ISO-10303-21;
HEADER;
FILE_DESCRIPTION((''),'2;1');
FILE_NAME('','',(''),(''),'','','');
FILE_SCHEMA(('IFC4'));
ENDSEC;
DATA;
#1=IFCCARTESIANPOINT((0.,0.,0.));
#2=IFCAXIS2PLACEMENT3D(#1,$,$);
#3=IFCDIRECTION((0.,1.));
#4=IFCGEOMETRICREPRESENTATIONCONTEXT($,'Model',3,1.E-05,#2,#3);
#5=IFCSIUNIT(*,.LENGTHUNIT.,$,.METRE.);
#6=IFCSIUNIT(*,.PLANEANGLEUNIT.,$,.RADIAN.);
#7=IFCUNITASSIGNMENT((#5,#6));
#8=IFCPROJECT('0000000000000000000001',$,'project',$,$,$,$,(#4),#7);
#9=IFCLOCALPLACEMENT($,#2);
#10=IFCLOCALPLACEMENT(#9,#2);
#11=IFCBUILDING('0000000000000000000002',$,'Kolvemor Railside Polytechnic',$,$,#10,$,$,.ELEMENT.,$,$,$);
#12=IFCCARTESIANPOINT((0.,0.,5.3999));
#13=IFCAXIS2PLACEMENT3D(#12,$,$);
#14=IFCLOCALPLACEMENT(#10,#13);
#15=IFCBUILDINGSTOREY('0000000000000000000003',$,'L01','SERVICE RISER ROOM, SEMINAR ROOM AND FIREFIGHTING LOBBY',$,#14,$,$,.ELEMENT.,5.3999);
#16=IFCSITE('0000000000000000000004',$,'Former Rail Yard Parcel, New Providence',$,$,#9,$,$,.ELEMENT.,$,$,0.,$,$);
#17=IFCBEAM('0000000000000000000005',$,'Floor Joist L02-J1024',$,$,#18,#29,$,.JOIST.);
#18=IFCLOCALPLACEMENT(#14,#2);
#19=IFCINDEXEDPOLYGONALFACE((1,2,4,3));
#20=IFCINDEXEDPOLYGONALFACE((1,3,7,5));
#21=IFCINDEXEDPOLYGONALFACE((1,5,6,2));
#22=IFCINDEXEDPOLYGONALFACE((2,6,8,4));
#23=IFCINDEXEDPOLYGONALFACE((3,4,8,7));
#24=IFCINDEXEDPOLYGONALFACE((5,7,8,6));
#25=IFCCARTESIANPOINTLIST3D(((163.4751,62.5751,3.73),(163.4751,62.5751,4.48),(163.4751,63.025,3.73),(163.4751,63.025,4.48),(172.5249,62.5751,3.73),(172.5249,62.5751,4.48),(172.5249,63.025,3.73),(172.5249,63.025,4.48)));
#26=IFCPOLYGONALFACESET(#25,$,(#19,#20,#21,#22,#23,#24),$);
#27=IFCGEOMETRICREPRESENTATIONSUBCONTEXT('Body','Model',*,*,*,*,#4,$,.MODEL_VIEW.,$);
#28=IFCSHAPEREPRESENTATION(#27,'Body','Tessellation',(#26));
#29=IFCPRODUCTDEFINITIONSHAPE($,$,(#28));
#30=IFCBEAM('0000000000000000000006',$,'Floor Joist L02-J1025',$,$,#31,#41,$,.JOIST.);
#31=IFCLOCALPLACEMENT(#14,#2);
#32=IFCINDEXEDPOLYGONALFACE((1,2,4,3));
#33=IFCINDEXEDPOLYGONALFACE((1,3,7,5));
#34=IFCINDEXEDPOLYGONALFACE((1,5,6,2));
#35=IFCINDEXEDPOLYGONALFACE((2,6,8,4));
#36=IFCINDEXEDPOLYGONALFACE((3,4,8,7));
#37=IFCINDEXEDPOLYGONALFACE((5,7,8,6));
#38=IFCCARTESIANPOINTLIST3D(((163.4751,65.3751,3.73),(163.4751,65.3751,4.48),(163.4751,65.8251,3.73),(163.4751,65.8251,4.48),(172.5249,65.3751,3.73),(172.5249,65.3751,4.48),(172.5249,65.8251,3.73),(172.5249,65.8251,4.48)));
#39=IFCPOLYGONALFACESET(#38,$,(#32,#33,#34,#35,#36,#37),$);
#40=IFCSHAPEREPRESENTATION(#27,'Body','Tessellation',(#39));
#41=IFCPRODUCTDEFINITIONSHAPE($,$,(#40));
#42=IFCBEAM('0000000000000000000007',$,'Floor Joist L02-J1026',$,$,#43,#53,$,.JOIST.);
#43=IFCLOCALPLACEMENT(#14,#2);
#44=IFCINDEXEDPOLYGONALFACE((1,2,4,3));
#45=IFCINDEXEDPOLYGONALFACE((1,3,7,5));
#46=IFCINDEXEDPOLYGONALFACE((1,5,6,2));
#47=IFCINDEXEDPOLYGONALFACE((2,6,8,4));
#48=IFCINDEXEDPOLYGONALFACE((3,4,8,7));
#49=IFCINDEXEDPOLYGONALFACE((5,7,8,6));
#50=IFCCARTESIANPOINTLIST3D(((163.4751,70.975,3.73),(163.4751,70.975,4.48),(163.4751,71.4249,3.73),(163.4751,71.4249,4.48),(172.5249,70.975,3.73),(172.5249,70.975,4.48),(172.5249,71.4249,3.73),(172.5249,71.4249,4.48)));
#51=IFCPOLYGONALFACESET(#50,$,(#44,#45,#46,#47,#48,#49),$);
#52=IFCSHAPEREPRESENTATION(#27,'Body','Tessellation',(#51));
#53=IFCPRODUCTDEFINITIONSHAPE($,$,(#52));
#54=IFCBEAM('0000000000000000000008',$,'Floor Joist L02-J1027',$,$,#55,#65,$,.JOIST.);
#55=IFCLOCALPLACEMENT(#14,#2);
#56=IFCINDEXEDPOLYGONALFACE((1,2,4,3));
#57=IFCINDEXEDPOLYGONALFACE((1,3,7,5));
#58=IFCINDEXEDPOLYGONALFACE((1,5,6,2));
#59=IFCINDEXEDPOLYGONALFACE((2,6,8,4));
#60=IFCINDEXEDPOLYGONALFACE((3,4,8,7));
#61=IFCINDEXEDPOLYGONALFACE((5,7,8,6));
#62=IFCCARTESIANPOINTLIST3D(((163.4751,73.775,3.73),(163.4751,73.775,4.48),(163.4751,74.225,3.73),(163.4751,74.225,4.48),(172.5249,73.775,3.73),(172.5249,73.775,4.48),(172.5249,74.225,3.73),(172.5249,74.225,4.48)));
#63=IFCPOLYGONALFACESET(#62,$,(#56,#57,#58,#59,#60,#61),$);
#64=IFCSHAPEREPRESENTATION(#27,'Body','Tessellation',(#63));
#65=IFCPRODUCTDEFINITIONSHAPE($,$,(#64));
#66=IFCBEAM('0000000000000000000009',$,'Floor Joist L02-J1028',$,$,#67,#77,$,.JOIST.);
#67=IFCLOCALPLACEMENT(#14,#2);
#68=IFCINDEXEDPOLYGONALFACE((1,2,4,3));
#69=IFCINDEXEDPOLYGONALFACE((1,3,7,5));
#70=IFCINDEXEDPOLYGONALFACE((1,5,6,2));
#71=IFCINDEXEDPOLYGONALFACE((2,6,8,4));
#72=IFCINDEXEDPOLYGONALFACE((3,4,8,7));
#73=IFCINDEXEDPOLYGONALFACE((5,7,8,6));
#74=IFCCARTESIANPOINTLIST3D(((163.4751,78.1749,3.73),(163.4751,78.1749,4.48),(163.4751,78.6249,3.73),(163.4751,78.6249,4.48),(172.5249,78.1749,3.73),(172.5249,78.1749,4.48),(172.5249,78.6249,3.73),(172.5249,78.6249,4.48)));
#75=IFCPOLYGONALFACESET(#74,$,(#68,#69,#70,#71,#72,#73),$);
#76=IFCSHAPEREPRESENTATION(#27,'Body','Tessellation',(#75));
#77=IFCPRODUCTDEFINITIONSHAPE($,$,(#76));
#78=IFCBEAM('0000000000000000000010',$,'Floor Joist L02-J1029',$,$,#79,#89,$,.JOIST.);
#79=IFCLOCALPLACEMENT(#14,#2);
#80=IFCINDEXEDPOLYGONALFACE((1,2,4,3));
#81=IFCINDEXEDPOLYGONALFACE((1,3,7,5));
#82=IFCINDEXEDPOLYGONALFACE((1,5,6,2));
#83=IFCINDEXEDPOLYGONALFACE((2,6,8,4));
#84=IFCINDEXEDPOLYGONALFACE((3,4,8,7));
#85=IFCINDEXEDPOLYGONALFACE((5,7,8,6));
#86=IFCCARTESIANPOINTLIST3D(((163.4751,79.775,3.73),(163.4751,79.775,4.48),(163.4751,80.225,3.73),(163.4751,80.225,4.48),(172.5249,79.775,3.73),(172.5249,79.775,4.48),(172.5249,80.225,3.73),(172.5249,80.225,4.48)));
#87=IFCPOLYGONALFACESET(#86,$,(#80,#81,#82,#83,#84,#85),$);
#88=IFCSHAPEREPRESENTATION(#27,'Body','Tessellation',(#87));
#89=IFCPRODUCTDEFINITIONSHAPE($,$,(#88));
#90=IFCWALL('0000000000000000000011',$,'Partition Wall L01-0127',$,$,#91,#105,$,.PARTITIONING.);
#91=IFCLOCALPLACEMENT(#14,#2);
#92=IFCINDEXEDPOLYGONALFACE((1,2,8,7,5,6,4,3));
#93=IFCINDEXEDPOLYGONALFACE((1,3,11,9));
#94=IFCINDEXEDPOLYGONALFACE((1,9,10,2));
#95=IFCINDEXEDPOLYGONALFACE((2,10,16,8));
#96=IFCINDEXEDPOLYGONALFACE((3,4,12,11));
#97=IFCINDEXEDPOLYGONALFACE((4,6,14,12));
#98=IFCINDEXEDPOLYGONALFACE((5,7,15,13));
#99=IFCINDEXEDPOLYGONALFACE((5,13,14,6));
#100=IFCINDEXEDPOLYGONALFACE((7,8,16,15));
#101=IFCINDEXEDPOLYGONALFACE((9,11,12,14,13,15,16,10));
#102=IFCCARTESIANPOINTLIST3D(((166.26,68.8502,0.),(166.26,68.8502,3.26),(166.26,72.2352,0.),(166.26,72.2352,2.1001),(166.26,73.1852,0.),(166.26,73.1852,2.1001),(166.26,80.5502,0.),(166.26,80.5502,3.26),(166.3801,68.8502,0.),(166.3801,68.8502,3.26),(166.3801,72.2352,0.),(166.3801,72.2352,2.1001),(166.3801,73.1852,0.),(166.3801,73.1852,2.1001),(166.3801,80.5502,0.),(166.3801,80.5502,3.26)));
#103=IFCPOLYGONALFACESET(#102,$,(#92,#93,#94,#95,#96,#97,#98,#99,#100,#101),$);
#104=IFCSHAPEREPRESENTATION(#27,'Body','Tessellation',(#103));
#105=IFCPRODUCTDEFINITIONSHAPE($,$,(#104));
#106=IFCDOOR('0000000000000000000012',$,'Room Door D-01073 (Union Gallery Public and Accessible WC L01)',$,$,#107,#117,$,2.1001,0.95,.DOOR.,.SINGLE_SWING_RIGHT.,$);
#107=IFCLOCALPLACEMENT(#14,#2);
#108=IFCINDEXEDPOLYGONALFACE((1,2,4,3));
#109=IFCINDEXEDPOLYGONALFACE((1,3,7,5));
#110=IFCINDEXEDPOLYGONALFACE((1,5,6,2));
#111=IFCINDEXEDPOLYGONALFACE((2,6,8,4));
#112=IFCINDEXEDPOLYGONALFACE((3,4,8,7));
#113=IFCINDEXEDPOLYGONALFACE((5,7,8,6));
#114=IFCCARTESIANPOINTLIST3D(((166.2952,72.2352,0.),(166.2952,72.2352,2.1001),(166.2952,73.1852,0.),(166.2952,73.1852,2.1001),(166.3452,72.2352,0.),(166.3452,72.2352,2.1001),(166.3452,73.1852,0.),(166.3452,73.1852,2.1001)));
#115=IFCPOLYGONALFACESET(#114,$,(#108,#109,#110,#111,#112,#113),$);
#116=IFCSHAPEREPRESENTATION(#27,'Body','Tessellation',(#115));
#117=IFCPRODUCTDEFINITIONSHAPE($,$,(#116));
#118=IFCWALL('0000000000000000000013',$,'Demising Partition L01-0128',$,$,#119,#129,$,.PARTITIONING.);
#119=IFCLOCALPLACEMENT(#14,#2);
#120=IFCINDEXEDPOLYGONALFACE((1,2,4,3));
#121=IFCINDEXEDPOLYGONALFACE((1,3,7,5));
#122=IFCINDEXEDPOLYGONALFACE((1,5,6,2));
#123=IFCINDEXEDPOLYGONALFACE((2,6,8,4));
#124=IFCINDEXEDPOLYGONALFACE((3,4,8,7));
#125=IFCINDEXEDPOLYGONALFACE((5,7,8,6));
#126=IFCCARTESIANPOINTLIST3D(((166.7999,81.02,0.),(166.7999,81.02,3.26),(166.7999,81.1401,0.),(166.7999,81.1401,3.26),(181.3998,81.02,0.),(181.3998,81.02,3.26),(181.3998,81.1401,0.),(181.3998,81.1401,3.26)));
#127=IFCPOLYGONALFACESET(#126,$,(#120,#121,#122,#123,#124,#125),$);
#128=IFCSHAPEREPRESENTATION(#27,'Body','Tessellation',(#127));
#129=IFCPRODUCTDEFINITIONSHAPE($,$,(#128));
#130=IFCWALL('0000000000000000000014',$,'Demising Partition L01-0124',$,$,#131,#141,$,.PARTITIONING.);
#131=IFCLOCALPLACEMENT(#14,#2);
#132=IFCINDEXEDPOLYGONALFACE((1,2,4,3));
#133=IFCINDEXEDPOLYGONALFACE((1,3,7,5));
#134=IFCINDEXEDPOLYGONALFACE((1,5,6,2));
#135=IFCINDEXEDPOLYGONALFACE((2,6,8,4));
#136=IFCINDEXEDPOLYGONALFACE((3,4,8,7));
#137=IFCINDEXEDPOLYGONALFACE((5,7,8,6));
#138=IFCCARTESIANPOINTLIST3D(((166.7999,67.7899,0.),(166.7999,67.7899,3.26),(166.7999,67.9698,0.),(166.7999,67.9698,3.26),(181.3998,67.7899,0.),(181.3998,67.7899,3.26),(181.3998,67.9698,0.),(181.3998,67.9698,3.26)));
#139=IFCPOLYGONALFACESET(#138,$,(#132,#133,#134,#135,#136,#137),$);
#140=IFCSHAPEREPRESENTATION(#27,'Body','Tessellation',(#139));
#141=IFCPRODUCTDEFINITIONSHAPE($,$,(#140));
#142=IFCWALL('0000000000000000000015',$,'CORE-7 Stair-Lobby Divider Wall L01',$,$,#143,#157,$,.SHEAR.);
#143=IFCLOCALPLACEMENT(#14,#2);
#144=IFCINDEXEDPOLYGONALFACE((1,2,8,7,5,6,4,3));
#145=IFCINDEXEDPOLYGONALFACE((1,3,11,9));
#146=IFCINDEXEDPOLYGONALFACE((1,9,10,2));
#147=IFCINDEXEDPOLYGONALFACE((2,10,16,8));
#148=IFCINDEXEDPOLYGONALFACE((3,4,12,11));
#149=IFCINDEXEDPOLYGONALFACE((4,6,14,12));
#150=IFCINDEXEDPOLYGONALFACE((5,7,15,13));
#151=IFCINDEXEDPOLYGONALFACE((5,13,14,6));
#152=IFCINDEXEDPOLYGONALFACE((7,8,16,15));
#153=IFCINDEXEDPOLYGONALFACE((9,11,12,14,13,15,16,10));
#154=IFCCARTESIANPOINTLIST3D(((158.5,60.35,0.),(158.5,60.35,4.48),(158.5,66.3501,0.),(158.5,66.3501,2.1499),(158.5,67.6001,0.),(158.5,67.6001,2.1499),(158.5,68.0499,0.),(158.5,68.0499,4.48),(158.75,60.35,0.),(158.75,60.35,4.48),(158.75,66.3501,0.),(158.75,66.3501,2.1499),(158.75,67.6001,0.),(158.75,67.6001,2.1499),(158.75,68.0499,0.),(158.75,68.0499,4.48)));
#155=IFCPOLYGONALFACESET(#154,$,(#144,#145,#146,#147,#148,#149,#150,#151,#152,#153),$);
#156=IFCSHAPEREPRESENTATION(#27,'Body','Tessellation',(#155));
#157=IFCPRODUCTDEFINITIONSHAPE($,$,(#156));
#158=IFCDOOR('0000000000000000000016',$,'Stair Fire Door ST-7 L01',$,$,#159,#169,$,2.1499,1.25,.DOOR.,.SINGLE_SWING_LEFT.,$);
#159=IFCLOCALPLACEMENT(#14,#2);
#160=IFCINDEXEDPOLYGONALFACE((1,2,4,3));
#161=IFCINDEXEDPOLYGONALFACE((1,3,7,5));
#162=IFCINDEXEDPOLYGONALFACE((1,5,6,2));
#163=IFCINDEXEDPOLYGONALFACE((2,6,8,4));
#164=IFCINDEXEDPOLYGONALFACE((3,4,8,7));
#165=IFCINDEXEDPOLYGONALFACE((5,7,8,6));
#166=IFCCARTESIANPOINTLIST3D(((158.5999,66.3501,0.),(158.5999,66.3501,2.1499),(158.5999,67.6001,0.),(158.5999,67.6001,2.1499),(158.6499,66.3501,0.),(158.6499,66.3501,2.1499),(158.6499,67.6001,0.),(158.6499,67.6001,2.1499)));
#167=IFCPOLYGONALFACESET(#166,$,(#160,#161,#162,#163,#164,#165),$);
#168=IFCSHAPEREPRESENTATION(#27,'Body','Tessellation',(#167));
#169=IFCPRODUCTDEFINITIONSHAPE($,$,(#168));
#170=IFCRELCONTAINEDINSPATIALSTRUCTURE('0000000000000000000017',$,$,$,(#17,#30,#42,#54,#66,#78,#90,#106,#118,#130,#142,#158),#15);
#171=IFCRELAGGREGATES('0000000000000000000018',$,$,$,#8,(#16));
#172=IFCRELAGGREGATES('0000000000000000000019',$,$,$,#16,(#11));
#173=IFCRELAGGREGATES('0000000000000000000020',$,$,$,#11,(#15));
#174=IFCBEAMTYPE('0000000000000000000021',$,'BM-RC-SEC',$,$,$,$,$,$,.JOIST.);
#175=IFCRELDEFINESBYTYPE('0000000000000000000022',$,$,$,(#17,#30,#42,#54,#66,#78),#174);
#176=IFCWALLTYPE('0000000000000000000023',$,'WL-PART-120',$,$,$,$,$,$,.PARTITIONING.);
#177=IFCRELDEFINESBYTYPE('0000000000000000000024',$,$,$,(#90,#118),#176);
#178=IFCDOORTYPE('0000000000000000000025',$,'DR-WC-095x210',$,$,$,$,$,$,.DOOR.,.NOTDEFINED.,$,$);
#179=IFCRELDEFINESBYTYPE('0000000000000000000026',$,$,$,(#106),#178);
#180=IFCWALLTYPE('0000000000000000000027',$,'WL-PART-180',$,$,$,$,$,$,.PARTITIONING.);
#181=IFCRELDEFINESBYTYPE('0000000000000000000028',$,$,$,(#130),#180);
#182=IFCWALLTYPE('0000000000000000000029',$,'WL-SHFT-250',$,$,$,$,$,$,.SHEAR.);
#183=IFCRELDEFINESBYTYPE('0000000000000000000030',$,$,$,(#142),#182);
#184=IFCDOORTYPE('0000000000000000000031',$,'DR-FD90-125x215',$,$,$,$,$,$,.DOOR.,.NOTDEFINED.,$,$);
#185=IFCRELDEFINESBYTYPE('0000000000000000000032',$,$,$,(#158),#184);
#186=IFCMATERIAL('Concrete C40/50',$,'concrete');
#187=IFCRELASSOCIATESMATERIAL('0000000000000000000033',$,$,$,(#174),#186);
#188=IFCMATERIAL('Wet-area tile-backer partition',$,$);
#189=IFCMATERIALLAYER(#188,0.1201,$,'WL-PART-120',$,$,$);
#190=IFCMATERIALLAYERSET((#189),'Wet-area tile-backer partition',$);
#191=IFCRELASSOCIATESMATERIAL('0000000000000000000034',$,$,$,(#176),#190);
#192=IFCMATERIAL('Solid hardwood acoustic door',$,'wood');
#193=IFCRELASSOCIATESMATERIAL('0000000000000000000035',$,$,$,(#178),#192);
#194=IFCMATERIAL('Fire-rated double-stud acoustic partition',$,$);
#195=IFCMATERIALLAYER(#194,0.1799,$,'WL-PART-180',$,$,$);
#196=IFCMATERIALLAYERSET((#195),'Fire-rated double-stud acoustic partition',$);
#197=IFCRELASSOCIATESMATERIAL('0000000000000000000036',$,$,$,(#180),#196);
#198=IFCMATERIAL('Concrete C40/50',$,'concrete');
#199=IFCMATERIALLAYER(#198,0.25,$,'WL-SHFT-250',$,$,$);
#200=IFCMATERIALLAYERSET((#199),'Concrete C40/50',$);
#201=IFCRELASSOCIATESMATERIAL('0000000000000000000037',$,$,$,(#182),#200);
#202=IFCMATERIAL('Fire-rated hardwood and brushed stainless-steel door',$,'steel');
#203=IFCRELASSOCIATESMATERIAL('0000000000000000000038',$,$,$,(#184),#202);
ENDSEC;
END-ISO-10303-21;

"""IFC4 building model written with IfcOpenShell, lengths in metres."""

from ifc_helpers import new_model, si_unit, direction, frame, frame_2d, origin, origin_2d, place, context, subcontext, project, spatial, rectangle, extrude, material, layer, layer_set, material_profile, profile_set, type_object, element, fill, save


model = new_model("IFC4")

# Units and contexts
model_context = context("Model", 3, precision=1e-05, world=origin(), true_north=direction((0.0, 1.0)))
body_context = subcontext(model_context, "Body", "Model", "MODEL_VIEW")
ifc_project = project(units=[si_unit("LENGTHUNIT", "METRE"), si_unit("PLANEANGLEUNIT", "RADIAN")], contexts=[model_context])

# Site, building, storey
site_placement = place(None, origin())
site = spatial("IfcSite", under=ifc_project, at=site_placement, Name="Former Rail Yard Parcel, New Providence", CompositionType="ELEMENT", RefElevation=0.0)
building_placement = place(site_placement, origin())
building = spatial("IfcBuilding", under=site, at=building_placement, Name="Kolvemor Railside Polytechnic", CompositionType="ELEMENT")
storey_placement = place(building_placement, frame((0.0, 0.0, 5.3999)))
storey = spatial("IfcBuildingStorey", under=building, at=storey_placement, Name="L01", Description="SERVICE RISER ROOM, SEMINAR ROOM AND FIREFIGHTING LOBBY", CompositionType="ELEMENT", Elevation=5.3999)

# Beams
ifc_material_1 = material(Name="Concrete C40/50", Category="concrete")
ifc_material_profile_1 = material_profile(ifc_material_1, rectangle(XDim=0.45, YDim=0.75, at=origin_2d()), Name="RC450x750")
ifc_profile_set_1 = profile_set([ifc_material_profile_1], Name="Concrete C40/50")
beam_type_1 = type_object("IfcBeamType", Name="BM-RC-SEC", PredefinedType="JOIST", material=ifc_profile_set_1)
for number, where, z_axis, x_axis, name in (
    (1, (163.4751, 62.8, 4.105), (1.0, 0.0, 0.0), (0.0, 1.0, 0.0), "Floor Joist L02-J1024"),
    (2, (163.4751, 65.6001, 4.105), (1.0, 0.0, 0.0), (0.0, 1.0, 0.0), "Floor Joist L02-J1025"),
    (3, (163.4751, 71.2, 4.105), (1.0, 0.0, 0.0), (0.0, 1.0, 0.0), "Floor Joist L02-J1026"),
    (4, (163.4751, 74.0, 4.105), (1.0, 0.0, 0.0), (0.0, 1.0, 0.0), "Floor Joist L02-J1027"),
    (5, (163.4751, 78.3999, 4.105), (1.0, 0.0, 0.0), (0.0, 1.0, 0.0), "Floor Joist L02-J1028"),
    (6, (163.4751, 80.0, 4.105), (1.0, 0.0, 0.0), (0.0, 1.0, 0.0), "Floor Joist L02-J1029"),
):
    element("IfcBeam", number, at=place(storey_placement, frame(where, z_axis=z_axis, x_axis=x_axis)), inside=storey, type_object=beam_type_1, Name=name, PredefinedType="JOIST", context=body_context, shape_type="SweptSolid", body=[
        extrude(rectangle(XDim=0.45, YDim=0.75, at=origin_2d()), origin(), (0.0, 0.0, 1.0), 9.0498),
    ])

# Wall, opening, door
ifc_material_2 = material(Name="Wet-area tile-backer partition")
ifc_layer_1 = layer(ifc_material_2, 0.1201, Name="WL-PART-120")
ifc_layer_set_1 = layer_set([ifc_layer_1], Name="Wet-area tile-backer partition")
wall_type_1 = type_object("IfcWallType", Name="WL-PART-120", PredefinedType="PARTITIONING", material=ifc_layer_set_1)
wall_1_placement = place(storey_placement, frame((166.3201, 68.8501, 0.0), z_axis=(0.0, 0.0, 1.0), x_axis=(0.0, 1.0, 0.0)))
wall_1 = element("IfcWall", 7, at=wall_1_placement, inside=storey, type_object=wall_type_1, Name="Partition Wall L01-0127", PredefinedType="PARTITIONING", context=body_context, shape_type="SweptSolid", body=[
    extrude(rectangle(XDim=11.7, YDim=0.1201, at=frame_2d((5.8501, 0.0))), origin(), (0.0, 0.0, 1.0), 3.26),
])
opening_1_placement = place(wall_1_placement, frame((3.385, 0.0, 0.0)))
opening_1 = element("IfcOpeningElement", 8, at=opening_1_placement, cuts=wall_1, PredefinedType="OPENING", context=body_context, shape_type="SweptSolid", body=[
    extrude(rectangle(XDim=0.95, YDim=2.1001, at=frame_2d((0.4751, 1.05))), frame((0.0, 0.0701, 0.0), z_axis=(0.0, -1.0, 0.0), x_axis=(1.0, 0.0, 0.0)), (0.0, 0.0, 1.0), 0.1401),
])
ifc_material_3 = material(Name="Solid hardwood acoustic door", Category="wood")
door_type_1 = type_object("IfcDoorType", Name="DR-WC-095x210", OperationType="NOTDEFINED", PredefinedType="DOOR", material=ifc_material_3)
door_1_placement = place(opening_1_placement, origin())
door_1 = element("IfcDoor", 9, at=door_1_placement, inside=storey, type_object=door_type_1, Name="Room Door D-01073 (Union Gallery Public and Accessible WC L01)", OperationType="SINGLE_SWING_RIGHT", OverallHeight=2.1001, OverallWidth=0.95, PredefinedType="DOOR", context=body_context, shape_type="SweptSolid", body=[
    extrude(rectangle(XDim=0.95, YDim=2.1001, at=frame_2d((0.4751, 1.05))), frame((0.0, 0.0249, 0.0), z_axis=(0.0, -1.0, 0.0), x_axis=(1.0, 0.0, 0.0)), (0.0, 0.0, 1.0), 0.05),
])
fill(opening_1, door_1)

# Walls
wall_2_placement = place(storey_placement, frame((166.8, 81.0801, 0.0), z_axis=(0.0, 0.0, 1.0), x_axis=(1.0, 0.0, 0.0)))
element("IfcWall", 10, at=wall_2_placement, inside=storey, type_object=wall_type_1, Name="Demising Partition L01-0128", PredefinedType="PARTITIONING", context=body_context, shape_type="SweptSolid", body=[
    extrude(rectangle(XDim=14.5999, YDim=0.1201, at=frame_2d((7.2998, 0.0))), origin(), (0.0, 0.0, 1.0), 3.26),
])
ifc_material_4 = material(Name="Fire-rated double-stud acoustic partition")
ifc_layer_2 = layer(ifc_material_4, 0.1799, Name="WL-PART-180")
ifc_layer_set_2 = layer_set([ifc_layer_2], Name="Fire-rated double-stud acoustic partition")
wall_type_2 = type_object("IfcWallType", Name="WL-PART-180", PredefinedType="PARTITIONING", material=ifc_layer_set_2)
wall_3_placement = place(storey_placement, frame((166.8, 67.8799, 0.0), z_axis=(0.0, 0.0, 1.0), x_axis=(1.0, 0.0, 0.0)))
element("IfcWall", 11, at=wall_3_placement, inside=storey, type_object=wall_type_2, Name="Demising Partition L01-0124", PredefinedType="PARTITIONING", context=body_context, shape_type="SweptSolid", body=[
    extrude(rectangle(XDim=14.5999, YDim=0.1799, at=frame_2d((7.2998, 0.0))), origin(), (0.0, 0.0, 1.0), 3.26),
])

# Wall, opening, door
ifc_material_5 = material(Name="Concrete C40/50", Category="concrete")
ifc_layer_3 = layer(ifc_material_5, 0.25, Name="WL-SHFT-250")
ifc_layer_set_3 = layer_set([ifc_layer_3], Name="Concrete C40/50")
wall_type_3 = type_object("IfcWallType", Name="WL-SHFT-250", PredefinedType="SHEAR", material=ifc_layer_set_3)
wall_4_placement = place(storey_placement, frame((158.625, 68.05, 0.0), z_axis=(0.0, 0.0, 1.0), x_axis=(0.0, -1.0, 0.0)))
wall_4 = element("IfcWall", 12, at=wall_4_placement, inside=storey, type_object=wall_type_3, Name="CORE-7 Stair-Lobby Divider Wall L01", PredefinedType="SHEAR", context=body_context, shape_type="SweptSolid", body=[
    extrude(rectangle(XDim=7.7, YDim=0.25, at=frame_2d((3.8501, 0.0))), origin(), (0.0, 0.0, 1.0), 4.48),
])
opening_2_placement = place(wall_4_placement, frame((0.45, 0.0, 0.0)))
opening_2 = element("IfcOpeningElement", 13, at=opening_2_placement, cuts=wall_4, PredefinedType="OPENING", context=body_context, shape_type="SweptSolid", body=[
    extrude(rectangle(XDim=1.25, YDim=2.1499, at=frame_2d((0.625, 1.075))), frame((0.0, 0.135, 0.0), z_axis=(0.0, -1.0, 0.0), x_axis=(1.0, 0.0, 0.0)), (0.0, 0.0, 1.0), 0.27),
])
ifc_material_6 = material(Name="Fire-rated hardwood and brushed stainless-steel door", Category="steel")
door_type_2 = type_object("IfcDoorType", Name="DR-FD90-125x215", OperationType="NOTDEFINED", PredefinedType="DOOR", material=ifc_material_6)
door_2_placement = place(opening_2_placement, origin())
door_2 = element("IfcDoor", 14, at=door_2_placement, inside=storey, type_object=door_type_2, Name="Stair Fire Door ST-7 L01", OperationType="SINGLE_SWING_LEFT", OverallHeight=2.1499, OverallWidth=1.25, PredefinedType="DOOR", context=body_context, shape_type="SweptSolid", body=[
    extrude(rectangle(XDim=1.25, YDim=2.1499, at=frame_2d((0.625, 1.075))), frame((0.0, 0.0249, 0.0), z_axis=(0.0, -1.0, 0.0), x_axis=(1.0, 0.0, 0.0)), (0.0, 0.0, 1.0), 0.05),
])
fill(opening_2, door_2)

save(model, "model.ifc")
